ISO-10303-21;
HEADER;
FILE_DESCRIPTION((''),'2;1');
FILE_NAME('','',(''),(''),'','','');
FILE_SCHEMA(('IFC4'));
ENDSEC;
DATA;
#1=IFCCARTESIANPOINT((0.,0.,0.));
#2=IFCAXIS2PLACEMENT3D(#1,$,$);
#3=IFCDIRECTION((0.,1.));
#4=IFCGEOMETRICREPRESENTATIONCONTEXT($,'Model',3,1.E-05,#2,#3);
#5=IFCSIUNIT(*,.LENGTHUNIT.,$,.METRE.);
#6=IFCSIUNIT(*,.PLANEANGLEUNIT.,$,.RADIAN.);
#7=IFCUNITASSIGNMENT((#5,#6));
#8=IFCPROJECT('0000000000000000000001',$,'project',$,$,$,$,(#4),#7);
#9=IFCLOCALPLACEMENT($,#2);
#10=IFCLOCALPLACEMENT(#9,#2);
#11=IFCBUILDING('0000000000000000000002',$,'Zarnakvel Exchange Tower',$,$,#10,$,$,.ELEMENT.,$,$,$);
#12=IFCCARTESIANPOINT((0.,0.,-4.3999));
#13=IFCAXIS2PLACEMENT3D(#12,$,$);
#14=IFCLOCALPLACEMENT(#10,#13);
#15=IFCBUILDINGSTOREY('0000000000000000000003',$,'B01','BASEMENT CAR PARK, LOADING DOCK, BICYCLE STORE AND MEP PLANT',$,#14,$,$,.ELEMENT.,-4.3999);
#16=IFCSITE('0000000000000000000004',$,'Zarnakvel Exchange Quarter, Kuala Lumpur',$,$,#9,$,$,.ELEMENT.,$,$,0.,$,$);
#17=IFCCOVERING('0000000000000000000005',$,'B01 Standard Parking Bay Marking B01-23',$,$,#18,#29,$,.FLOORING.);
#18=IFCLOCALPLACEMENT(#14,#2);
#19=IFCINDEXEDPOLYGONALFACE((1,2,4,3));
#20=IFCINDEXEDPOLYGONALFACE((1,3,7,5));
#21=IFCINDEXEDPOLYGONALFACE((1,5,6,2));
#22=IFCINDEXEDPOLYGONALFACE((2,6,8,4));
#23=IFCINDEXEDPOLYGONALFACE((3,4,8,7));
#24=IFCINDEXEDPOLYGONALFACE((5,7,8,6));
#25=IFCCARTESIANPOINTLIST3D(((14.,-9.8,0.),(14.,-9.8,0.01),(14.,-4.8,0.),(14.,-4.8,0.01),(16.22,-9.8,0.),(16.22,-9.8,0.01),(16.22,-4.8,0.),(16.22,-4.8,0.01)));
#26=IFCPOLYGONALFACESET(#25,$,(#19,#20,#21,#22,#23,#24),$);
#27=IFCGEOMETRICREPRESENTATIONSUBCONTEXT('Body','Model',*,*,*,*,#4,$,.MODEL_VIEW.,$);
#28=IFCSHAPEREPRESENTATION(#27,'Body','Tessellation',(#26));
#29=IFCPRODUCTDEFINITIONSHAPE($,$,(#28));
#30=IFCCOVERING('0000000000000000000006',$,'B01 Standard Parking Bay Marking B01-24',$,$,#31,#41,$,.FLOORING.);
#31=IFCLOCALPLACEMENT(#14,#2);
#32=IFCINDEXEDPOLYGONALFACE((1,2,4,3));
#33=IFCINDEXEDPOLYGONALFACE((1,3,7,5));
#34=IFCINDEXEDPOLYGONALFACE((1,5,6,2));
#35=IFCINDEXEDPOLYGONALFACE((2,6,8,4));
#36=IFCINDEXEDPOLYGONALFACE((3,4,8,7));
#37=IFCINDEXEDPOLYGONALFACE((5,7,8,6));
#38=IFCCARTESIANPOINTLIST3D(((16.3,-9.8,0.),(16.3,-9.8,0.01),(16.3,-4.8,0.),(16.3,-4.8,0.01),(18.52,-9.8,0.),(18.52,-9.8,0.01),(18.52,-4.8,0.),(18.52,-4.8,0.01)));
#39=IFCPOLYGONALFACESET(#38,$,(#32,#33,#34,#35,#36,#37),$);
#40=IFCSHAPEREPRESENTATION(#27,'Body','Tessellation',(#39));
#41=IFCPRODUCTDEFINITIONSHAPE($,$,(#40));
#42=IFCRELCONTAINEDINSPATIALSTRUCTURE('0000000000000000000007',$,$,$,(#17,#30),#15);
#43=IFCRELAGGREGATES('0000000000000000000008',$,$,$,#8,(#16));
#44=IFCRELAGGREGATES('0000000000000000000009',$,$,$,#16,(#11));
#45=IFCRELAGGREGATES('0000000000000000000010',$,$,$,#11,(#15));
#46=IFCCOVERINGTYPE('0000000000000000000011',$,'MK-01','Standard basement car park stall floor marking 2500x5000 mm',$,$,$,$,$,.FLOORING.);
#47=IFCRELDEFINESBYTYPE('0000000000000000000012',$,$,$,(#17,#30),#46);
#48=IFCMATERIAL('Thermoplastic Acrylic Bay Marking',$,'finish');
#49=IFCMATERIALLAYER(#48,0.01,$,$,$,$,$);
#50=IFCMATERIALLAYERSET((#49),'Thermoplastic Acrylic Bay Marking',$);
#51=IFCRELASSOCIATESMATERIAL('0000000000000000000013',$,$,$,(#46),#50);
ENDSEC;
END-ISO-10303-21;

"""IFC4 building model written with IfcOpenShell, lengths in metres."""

from ifc_helpers import new_model, si_unit, direction, frame, origin, place, context, subcontext, project, spatial, polyline, outline, extrude, material, layer, layer_set, type_object, element, save


model = new_model("IFC4")

# Units and contexts
model_context = context("Model", 3, precision=1e-05, world=origin(), true_north=direction((0.0, 1.0)))
body_context = subcontext(model_context, "Body", "Model", "MODEL_VIEW")
ifc_project = project(units=[si_unit("LENGTHUNIT", "METRE"), si_unit("PLANEANGLEUNIT", "RADIAN")], contexts=[model_context])

# Site, building, storey
site_placement = place(None, origin())
site = spatial("IfcSite", under=ifc_project, at=site_placement, Name="Zarnakvel Exchange Quarter, Kuala Lumpur", CompositionType="ELEMENT", RefElevation=0.0)
building_placement = place(site_placement, origin())
building = spatial("IfcBuilding", under=site, at=building_placement, Name="Zarnakvel Exchange Tower", CompositionType="ELEMENT")
storey_placement = place(building_placement, frame((0.0, 0.0, -4.3999)))
storey = spatial("IfcBuildingStorey", under=building, at=storey_placement, Name="B01", Description="BASEMENT CAR PARK, LOADING DOCK, BICYCLE STORE AND MEP PLANT", CompositionType="ELEMENT", Elevation=-4.3999)

# Coverings
ifc_material_1 = material(Name="Thermoplastic Acrylic Bay Marking", Category="finish")
ifc_layer_1 = layer(ifc_material_1, 0.01)
ifc_layer_set_1 = layer_set([ifc_layer_1], Name="Thermoplastic Acrylic Bay Marking")
covering_type = type_object("IfcCoveringType", Name="MK-01", Description="Standard basement car park stall floor marking 2500x5000 mm", PredefinedType="FLOORING", material=ifc_layer_set_1)
covering_1_placement = place(storey_placement, origin())
element("IfcCovering", 1, at=covering_1_placement, inside=storey, type_object=covering_type, Name="B01 Standard Parking Bay Marking B01-23", PredefinedType="FLOORING", context=body_context, shape_type="SweptSolid", body=[
    extrude(outline(polyline([(14.0, -9.8), (16.22, -9.8), (16.22, -4.8), (14.0, -4.8), (14.0, -9.8)])), origin(), (0.0, 0.0, 1.0), 0.01),
])
covering_2_placement = place(storey_placement, origin())
element("IfcCovering", 2, at=covering_2_placement, inside=storey, type_object=covering_type, Name="B01 Standard Parking Bay Marking B01-24", PredefinedType="FLOORING", context=body_context, shape_type="SweptSolid", body=[
    extrude(outline(polyline([(16.3, -9.8), (18.52, -9.8), (18.52, -4.8), (16.3, -4.8), (16.3, -9.8)])), origin(), (0.0, 0.0, 1.0), 0.01),
])

save(model, "model.ifc")
